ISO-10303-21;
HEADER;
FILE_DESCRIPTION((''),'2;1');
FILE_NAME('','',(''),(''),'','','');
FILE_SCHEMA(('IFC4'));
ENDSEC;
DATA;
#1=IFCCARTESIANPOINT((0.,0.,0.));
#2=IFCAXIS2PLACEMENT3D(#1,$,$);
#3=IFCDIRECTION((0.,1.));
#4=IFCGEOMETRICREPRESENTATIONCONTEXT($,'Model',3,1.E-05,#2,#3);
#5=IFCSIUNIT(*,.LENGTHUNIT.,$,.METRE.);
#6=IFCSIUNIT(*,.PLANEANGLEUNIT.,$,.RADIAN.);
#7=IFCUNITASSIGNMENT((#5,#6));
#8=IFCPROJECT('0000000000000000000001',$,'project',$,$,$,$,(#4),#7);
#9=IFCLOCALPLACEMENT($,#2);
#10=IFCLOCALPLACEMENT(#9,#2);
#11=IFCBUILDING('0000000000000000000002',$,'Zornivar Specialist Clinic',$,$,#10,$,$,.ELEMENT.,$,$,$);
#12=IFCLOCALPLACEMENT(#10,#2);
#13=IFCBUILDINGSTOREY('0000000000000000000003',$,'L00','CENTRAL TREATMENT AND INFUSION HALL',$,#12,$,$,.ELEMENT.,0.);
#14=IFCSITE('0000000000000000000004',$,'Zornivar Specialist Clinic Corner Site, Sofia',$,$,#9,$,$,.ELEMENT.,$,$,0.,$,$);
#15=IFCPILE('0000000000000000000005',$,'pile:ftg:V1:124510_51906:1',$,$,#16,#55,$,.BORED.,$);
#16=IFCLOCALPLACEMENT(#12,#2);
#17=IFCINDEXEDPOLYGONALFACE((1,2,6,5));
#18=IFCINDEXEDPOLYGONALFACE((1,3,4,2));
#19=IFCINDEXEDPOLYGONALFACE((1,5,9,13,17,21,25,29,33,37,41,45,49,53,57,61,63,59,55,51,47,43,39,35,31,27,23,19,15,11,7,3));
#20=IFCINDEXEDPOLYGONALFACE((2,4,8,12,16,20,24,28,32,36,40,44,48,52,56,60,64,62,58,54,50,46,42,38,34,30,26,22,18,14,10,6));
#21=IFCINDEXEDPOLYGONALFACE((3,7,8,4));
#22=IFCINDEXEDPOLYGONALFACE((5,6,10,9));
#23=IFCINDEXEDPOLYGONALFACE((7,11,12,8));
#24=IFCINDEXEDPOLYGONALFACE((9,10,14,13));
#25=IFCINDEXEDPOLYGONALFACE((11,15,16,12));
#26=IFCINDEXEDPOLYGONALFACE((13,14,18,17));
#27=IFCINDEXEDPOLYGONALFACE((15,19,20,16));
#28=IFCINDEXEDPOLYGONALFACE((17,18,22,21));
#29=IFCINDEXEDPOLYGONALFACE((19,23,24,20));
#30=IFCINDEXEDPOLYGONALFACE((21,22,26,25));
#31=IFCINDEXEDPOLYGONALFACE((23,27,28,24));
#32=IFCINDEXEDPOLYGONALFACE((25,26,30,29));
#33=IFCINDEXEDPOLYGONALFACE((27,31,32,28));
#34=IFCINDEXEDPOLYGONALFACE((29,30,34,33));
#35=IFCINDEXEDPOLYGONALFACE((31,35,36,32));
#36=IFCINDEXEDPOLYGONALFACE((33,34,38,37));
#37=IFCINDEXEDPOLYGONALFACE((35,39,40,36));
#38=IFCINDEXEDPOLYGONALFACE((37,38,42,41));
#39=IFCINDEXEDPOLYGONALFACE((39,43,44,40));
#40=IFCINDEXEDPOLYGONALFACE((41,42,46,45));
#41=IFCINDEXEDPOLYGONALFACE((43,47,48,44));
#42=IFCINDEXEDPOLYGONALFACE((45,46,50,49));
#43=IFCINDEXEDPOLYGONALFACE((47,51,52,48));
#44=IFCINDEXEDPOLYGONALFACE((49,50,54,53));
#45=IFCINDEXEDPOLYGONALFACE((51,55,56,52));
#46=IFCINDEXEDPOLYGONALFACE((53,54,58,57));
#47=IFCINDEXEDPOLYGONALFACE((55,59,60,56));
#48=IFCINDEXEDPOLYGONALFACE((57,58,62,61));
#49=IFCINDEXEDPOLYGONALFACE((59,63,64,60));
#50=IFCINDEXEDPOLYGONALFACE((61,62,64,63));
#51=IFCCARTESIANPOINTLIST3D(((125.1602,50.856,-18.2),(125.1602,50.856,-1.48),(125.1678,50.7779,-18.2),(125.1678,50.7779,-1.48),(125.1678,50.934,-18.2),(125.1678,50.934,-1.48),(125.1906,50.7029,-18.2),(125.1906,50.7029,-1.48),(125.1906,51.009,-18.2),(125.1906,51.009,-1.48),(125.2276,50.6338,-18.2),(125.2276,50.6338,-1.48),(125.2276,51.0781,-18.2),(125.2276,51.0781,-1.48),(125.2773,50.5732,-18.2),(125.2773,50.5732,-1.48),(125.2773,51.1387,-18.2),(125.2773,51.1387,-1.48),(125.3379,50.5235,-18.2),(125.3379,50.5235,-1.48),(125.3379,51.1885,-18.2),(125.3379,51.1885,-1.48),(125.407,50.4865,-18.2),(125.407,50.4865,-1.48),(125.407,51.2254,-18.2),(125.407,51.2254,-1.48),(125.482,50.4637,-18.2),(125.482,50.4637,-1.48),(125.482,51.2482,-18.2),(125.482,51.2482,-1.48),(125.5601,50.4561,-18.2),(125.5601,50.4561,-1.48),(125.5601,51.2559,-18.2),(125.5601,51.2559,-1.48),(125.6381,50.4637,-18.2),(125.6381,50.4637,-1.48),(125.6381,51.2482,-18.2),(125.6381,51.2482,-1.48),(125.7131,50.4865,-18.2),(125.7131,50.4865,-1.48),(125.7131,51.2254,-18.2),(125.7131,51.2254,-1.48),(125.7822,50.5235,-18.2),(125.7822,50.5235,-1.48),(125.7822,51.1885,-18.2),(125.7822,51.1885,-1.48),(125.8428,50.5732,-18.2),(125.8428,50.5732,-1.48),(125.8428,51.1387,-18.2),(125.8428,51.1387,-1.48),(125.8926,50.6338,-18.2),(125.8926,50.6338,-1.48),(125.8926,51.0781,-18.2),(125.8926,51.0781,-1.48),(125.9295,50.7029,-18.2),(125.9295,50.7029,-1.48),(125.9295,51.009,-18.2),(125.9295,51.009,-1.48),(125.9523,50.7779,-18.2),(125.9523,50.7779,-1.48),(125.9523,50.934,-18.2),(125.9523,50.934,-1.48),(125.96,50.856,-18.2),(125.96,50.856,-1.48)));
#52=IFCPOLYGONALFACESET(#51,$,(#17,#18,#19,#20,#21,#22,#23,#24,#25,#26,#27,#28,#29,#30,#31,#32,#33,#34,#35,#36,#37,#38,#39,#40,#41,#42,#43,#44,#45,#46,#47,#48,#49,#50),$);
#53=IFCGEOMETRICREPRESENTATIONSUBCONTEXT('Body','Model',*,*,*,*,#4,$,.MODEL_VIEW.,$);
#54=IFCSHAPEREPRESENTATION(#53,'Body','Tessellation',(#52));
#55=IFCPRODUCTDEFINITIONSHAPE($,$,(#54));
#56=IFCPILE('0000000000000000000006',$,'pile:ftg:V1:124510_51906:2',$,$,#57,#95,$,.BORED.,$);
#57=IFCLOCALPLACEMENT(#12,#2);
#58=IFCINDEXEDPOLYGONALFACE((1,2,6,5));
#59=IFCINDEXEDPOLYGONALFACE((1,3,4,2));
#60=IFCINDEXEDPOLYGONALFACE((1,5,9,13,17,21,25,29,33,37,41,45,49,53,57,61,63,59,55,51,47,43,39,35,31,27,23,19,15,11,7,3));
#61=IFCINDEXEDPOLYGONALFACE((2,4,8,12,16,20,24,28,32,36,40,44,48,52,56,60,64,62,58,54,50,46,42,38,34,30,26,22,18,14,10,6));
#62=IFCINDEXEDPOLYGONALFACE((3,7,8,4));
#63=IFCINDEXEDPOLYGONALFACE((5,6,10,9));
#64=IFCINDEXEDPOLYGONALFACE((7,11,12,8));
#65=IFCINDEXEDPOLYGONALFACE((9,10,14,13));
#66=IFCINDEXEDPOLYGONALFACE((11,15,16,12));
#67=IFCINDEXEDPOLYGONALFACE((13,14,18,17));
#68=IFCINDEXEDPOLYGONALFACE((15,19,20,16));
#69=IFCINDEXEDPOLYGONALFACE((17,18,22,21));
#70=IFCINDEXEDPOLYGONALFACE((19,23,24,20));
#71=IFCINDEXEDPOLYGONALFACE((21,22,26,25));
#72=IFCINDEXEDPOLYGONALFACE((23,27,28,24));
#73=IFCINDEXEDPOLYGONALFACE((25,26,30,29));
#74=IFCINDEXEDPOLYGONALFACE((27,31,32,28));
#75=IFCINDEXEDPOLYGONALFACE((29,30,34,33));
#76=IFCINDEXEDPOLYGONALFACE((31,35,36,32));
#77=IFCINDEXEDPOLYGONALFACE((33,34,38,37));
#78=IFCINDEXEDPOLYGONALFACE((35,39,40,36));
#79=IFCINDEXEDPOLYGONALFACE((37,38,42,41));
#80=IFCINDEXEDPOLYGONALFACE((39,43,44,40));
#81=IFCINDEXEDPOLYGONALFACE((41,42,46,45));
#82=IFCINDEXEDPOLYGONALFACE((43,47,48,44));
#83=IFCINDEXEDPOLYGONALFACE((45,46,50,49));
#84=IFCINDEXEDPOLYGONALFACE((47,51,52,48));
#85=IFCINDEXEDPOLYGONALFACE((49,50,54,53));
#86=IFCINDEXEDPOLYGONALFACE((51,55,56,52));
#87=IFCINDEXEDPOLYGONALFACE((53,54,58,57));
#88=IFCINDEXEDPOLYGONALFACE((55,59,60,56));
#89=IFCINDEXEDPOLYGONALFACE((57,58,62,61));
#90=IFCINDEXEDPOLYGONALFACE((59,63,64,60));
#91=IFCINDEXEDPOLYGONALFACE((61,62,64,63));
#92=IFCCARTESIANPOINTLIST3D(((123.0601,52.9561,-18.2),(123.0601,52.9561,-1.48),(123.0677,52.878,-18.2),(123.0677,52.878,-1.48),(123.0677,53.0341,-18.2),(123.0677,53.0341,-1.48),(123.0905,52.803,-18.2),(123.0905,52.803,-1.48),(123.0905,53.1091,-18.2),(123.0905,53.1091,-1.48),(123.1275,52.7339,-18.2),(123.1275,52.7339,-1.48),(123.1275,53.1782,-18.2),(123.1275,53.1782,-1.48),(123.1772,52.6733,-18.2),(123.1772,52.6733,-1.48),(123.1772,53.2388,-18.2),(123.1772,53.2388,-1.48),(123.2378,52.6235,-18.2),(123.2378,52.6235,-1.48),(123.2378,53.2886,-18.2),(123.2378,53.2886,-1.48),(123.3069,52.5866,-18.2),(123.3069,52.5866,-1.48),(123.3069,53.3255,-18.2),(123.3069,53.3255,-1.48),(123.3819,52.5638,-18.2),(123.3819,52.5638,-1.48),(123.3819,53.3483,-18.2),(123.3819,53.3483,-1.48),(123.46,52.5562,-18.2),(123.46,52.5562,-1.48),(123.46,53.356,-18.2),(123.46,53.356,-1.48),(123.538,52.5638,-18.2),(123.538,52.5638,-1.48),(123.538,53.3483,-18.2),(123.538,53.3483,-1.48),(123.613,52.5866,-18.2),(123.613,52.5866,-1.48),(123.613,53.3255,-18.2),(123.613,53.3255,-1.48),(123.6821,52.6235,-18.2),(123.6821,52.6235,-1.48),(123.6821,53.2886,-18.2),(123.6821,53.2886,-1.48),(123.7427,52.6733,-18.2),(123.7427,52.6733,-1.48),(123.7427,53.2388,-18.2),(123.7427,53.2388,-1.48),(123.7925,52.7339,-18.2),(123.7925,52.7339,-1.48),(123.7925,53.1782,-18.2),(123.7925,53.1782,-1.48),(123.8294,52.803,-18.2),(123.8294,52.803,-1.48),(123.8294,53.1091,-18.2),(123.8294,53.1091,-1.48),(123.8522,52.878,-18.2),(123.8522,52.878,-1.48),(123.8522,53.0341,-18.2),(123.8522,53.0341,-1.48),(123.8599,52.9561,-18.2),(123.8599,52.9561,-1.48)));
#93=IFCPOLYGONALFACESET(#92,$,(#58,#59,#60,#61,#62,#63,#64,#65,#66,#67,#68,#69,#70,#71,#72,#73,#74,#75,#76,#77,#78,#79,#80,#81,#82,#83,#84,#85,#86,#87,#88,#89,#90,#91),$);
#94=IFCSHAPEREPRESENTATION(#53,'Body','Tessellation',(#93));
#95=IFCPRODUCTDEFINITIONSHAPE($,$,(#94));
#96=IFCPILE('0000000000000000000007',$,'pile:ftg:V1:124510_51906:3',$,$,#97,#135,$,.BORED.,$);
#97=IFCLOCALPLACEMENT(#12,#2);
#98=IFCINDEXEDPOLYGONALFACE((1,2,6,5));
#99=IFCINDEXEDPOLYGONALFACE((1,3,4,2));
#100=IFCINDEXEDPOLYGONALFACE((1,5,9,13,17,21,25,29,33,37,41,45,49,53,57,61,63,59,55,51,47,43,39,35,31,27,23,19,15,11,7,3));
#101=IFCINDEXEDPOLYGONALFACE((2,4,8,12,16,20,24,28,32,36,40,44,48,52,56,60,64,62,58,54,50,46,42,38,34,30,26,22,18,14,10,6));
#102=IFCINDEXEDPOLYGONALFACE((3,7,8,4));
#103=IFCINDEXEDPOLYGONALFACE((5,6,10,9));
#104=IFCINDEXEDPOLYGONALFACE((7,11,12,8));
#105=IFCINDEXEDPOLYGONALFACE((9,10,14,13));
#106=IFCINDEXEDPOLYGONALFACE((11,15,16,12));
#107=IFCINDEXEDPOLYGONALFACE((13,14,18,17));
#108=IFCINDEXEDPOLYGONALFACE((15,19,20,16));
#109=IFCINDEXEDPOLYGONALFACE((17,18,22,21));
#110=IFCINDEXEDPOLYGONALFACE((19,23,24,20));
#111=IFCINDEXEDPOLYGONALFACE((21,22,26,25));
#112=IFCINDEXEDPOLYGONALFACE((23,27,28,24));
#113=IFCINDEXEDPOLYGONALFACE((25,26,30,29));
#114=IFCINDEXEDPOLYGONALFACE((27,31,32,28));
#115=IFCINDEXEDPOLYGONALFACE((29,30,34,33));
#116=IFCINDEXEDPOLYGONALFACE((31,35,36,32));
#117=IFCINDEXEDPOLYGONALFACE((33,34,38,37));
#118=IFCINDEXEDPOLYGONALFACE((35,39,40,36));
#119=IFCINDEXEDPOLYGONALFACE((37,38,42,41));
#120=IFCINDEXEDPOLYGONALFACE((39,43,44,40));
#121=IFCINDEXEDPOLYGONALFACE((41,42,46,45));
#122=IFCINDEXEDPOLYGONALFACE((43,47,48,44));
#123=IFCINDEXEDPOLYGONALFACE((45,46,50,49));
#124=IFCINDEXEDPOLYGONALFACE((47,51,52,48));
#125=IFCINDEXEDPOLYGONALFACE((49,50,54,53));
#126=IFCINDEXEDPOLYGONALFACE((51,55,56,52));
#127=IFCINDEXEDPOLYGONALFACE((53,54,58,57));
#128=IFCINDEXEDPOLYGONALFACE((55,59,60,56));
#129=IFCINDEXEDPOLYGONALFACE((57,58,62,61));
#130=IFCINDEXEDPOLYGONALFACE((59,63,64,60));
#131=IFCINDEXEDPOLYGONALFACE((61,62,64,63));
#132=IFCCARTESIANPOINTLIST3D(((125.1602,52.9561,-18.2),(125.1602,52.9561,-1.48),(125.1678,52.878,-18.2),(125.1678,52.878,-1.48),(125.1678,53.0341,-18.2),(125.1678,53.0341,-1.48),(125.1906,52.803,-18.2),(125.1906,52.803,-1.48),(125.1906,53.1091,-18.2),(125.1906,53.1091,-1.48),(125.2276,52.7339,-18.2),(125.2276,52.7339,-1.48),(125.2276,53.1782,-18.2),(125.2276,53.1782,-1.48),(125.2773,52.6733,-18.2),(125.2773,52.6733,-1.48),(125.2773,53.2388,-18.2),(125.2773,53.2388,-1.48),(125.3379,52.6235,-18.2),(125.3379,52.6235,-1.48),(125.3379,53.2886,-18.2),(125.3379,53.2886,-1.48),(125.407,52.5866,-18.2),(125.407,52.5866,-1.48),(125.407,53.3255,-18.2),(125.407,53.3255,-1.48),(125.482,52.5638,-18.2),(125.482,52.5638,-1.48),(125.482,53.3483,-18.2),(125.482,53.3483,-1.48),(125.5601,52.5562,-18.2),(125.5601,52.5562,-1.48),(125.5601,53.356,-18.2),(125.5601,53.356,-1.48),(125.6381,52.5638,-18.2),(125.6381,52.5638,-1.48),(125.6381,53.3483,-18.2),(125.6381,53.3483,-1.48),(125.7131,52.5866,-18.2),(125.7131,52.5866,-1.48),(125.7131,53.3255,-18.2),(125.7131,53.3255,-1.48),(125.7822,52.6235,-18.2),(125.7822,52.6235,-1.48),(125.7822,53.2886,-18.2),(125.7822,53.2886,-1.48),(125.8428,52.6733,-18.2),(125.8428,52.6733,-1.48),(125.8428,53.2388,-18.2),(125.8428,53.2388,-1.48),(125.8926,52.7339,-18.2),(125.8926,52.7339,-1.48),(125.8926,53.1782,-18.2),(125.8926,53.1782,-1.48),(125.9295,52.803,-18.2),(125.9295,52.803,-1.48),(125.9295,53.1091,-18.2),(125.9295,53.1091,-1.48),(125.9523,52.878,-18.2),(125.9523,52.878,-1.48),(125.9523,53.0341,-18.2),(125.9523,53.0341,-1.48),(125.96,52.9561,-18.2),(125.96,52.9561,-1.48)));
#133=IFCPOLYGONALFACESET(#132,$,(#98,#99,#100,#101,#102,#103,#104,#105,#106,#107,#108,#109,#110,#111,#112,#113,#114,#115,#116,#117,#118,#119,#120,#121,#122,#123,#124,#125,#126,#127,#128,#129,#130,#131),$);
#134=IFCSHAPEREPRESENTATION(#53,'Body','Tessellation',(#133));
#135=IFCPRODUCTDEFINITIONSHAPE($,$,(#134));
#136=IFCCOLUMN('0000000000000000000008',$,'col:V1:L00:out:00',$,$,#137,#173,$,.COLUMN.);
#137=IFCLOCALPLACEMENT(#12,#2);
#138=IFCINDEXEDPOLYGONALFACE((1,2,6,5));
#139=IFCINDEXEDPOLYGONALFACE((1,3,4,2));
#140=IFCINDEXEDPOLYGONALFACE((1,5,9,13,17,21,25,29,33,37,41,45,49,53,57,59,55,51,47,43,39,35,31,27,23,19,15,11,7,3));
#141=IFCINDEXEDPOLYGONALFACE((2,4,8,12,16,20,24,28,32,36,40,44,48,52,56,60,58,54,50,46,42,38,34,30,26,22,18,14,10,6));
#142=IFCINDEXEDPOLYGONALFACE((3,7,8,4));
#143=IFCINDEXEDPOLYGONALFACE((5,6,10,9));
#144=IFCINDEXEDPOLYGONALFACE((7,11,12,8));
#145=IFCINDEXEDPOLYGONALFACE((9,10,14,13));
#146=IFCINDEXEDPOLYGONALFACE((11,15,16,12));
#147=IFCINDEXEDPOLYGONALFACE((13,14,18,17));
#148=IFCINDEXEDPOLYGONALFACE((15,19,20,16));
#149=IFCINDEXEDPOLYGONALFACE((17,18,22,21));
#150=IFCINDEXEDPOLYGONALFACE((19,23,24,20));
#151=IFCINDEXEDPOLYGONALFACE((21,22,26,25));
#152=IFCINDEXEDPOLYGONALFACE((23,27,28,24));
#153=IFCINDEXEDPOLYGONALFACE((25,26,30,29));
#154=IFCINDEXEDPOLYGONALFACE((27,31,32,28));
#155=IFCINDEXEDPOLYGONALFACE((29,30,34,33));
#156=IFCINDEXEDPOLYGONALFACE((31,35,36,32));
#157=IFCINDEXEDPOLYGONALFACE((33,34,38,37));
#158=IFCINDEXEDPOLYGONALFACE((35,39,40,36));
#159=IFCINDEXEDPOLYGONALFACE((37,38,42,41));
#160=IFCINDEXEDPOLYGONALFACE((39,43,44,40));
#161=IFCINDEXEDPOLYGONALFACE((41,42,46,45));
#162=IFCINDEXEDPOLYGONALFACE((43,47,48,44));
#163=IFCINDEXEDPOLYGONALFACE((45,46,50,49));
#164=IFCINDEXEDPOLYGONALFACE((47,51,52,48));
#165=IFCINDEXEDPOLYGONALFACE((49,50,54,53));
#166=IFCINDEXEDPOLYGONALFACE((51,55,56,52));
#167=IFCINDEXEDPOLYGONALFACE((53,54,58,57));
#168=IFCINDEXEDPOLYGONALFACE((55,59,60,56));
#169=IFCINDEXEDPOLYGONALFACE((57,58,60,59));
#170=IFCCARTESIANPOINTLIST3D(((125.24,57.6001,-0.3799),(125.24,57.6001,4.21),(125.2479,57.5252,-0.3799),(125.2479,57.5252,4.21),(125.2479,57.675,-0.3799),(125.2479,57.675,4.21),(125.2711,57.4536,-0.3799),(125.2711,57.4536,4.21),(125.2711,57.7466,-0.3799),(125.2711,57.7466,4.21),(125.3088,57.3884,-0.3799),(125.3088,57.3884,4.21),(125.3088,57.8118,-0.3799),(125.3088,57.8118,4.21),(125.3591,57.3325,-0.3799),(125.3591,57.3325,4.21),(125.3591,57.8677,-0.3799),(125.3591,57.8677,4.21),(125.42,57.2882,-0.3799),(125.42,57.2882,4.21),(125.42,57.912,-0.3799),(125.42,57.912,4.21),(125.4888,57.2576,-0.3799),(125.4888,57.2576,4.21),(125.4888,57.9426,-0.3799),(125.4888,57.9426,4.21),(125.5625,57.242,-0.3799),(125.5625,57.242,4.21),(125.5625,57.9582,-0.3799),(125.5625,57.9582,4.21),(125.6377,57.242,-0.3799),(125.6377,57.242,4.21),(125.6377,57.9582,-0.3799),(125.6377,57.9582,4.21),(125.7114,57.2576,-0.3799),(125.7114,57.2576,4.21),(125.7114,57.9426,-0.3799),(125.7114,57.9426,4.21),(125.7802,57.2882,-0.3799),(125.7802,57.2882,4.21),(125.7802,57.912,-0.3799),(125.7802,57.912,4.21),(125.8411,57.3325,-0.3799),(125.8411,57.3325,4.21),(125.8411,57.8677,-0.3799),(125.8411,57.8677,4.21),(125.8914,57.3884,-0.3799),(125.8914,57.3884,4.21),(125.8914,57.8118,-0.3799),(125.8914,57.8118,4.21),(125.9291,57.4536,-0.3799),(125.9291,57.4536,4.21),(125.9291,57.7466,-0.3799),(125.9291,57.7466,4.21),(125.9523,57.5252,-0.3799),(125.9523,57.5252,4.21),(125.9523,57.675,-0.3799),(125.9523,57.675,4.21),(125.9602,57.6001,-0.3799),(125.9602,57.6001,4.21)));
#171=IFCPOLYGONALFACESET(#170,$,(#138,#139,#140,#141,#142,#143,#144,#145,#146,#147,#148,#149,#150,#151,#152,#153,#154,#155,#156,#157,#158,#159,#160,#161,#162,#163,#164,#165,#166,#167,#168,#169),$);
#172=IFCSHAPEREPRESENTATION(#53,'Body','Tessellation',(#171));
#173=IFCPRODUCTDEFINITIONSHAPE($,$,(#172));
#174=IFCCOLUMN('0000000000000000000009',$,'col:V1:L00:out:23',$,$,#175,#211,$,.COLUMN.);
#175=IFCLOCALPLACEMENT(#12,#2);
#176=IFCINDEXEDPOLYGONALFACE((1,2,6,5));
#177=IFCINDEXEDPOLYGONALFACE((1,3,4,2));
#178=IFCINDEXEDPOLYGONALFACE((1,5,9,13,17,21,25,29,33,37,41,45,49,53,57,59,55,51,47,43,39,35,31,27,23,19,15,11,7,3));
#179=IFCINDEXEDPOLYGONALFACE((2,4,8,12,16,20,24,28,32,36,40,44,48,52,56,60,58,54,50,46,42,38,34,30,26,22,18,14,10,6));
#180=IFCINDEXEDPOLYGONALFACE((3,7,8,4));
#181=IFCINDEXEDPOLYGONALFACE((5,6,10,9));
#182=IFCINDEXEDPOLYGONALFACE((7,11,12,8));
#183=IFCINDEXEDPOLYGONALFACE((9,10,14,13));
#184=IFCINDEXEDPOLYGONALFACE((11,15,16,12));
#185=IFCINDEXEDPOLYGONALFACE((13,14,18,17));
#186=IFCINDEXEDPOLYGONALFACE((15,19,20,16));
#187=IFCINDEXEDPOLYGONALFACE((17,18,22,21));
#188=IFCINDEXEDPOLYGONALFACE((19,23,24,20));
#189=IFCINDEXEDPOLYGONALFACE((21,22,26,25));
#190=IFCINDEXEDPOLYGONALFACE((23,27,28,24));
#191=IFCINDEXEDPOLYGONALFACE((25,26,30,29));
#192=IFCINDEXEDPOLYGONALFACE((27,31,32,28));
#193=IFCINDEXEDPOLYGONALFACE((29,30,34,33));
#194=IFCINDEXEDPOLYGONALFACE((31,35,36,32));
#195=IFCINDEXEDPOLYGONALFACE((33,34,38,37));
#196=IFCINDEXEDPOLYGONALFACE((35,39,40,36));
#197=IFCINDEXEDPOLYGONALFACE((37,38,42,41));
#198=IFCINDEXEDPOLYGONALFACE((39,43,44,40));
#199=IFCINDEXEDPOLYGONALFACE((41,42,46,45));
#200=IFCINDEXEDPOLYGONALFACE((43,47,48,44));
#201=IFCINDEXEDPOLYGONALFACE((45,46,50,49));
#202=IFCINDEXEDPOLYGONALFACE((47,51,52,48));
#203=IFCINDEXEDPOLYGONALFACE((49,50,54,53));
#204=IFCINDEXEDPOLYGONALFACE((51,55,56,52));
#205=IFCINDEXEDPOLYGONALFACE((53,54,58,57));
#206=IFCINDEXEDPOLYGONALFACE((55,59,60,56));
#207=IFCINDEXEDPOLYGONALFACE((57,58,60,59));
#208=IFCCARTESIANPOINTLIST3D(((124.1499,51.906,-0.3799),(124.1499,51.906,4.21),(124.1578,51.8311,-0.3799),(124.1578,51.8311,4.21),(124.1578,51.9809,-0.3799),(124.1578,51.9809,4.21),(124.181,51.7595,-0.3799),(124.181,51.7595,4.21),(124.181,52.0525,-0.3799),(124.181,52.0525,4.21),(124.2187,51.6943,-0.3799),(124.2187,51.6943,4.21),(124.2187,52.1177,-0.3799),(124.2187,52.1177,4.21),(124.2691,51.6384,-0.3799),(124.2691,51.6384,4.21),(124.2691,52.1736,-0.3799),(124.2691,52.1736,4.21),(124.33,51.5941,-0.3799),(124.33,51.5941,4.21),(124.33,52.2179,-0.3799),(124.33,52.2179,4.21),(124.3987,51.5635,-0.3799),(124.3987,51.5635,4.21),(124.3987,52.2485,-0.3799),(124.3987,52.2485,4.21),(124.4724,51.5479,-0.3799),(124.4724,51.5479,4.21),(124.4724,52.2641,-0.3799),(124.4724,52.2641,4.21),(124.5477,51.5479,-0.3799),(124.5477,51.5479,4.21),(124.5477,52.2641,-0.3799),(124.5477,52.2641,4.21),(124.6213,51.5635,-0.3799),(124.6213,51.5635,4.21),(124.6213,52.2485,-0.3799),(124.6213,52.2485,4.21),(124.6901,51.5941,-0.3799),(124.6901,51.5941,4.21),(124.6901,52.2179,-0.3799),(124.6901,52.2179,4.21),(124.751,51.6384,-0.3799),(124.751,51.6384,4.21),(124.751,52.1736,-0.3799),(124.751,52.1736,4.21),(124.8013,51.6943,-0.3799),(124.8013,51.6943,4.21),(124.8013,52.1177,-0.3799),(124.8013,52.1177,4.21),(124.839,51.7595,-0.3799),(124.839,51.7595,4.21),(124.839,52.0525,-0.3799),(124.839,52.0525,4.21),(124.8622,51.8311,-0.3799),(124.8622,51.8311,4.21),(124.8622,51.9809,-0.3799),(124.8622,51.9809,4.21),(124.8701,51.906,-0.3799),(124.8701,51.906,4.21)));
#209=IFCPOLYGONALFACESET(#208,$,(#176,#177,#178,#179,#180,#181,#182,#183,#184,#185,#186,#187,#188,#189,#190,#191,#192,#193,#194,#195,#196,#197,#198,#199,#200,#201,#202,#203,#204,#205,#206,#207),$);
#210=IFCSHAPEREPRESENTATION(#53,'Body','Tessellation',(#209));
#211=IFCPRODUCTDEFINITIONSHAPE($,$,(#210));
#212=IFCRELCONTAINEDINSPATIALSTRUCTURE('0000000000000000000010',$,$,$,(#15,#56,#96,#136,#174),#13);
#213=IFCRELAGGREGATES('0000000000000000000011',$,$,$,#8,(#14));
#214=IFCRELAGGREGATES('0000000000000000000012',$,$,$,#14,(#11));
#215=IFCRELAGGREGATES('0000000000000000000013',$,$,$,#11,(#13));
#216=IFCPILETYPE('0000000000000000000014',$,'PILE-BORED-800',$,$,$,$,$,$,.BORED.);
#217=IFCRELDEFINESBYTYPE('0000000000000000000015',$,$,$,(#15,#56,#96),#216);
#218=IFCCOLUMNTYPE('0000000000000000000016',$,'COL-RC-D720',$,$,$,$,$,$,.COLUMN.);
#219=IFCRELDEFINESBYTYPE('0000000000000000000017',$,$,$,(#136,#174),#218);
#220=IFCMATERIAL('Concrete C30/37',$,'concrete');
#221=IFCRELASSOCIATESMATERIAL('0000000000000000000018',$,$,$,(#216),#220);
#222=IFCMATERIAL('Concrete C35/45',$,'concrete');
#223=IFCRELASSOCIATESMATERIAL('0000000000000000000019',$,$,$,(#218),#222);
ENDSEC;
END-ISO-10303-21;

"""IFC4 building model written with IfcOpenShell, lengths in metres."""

from ifc_helpers import new_model, si_unit, direction, frame, origin, origin_2d, place, context, subcontext, project, spatial, circle, extrude, material, material_profile, profile_set, type_object, element, save


model = new_model("IFC4")

# Units and contexts
model_context = context("Model", 3, precision=1e-05, world=origin(), true_north=direction((0.0, 1.0)))
body_context = subcontext(model_context, "Body", "Model", "MODEL_VIEW")
ifc_project = project(units=[si_unit("LENGTHUNIT", "METRE"), si_unit("PLANEANGLEUNIT", "RADIAN")], contexts=[model_context])

# Site, building, storey
site_placement = place(None, origin())
site = spatial("IfcSite", under=ifc_project, at=site_placement, Name="Zornivar Specialist Clinic Corner Site, Sofia", CompositionType="ELEMENT", RefElevation=0.0)
building_placement = place(site_placement, origin())
building = spatial("IfcBuilding", under=site, at=building_placement, Name="Zornivar Specialist Clinic", CompositionType="ELEMENT")
storey_placement = place(building_placement, origin())
storey = spatial("IfcBuildingStorey", under=building, at=storey_placement, Name="L00", Description="CENTRAL TREATMENT AND INFUSION HALL", CompositionType="ELEMENT", Elevation=0.0)

# Piles
ifc_material_1 = material(Name="Concrete C30/37", Category="concrete")
ifc_material_profile_1 = material_profile(ifc_material_1, circle(Radius=0.3999, at=origin_2d()), Name="PILE D800")
ifc_profile_set_1 = profile_set([ifc_material_profile_1], Name="Concrete C30/37")
pile_type = type_object("IfcPileType", Name="PILE-BORED-800", PredefinedType="BORED", material=ifc_profile_set_1)
for number, where, z_axis, x_axis, name in (
    (1, (125.5601, 50.856, -1.48), (0.0, 0.0, -1.0), (1.0, 0.0, 0.0), "pile:ftg:V1:124510_51906:1"),
    (2, (123.46, 52.9561, -1.48), (0.0, 0.0, -1.0), (1.0, 0.0, 0.0), "pile:ftg:V1:124510_51906:2"),
    (3, (125.5601, 52.9561, -1.48), (0.0, 0.0, -1.0), (1.0, 0.0, 0.0), "pile:ftg:V1:124510_51906:3"),
):
    element("IfcPile", number, at=place(storey_placement, frame(where, z_axis=z_axis, x_axis=x_axis)), inside=storey, type_object=pile_type, Name=name, PredefinedType="BORED", context=body_context, shape_type="SweptSolid", body=[
        extrude(circle(Radius=0.3999, at=origin_2d()), origin(), (0.0, 0.0, 1.0), 16.72),
    ])

# Columns
ifc_material_2 = material(Name="Concrete C35/45", Category="concrete")
ifc_material_profile_2 = material_profile(ifc_material_2, circle(Radius=0.3601, at=origin_2d()), Name="RC D720")
ifc_profile_set_2 = profile_set([ifc_material_profile_2], Name="Concrete C35/45")
column_type = type_object("IfcColumnType", Name="COL-RC-D720", PredefinedType="COLUMN", material=ifc_profile_set_2)
for number, where, z_axis, x_axis, name in (
    (4, (125.6001, 57.6001, -0.3799), (0.0, 0.0, 1.0), (1.0, 0.0, 0.0), "col:V1:L00:out:00"),
    (5, (124.51, 51.906, -0.3799), (0.0, 0.0, 1.0), (1.0, 0.0, 0.0), "col:V1:L00:out:23"),
):
    element("IfcColumn", number, at=place(storey_placement, frame(where, z_axis=z_axis, x_axis=x_axis)), inside=storey, type_object=column_type, Name=name, PredefinedType="COLUMN", context=body_context, shape_type="SweptSolid", body=[
        extrude(circle(Radius=0.3601, at=origin_2d()), origin(), (0.0, 0.0, 1.0), 4.5898),
    ])

save(model, "model.ifc")
